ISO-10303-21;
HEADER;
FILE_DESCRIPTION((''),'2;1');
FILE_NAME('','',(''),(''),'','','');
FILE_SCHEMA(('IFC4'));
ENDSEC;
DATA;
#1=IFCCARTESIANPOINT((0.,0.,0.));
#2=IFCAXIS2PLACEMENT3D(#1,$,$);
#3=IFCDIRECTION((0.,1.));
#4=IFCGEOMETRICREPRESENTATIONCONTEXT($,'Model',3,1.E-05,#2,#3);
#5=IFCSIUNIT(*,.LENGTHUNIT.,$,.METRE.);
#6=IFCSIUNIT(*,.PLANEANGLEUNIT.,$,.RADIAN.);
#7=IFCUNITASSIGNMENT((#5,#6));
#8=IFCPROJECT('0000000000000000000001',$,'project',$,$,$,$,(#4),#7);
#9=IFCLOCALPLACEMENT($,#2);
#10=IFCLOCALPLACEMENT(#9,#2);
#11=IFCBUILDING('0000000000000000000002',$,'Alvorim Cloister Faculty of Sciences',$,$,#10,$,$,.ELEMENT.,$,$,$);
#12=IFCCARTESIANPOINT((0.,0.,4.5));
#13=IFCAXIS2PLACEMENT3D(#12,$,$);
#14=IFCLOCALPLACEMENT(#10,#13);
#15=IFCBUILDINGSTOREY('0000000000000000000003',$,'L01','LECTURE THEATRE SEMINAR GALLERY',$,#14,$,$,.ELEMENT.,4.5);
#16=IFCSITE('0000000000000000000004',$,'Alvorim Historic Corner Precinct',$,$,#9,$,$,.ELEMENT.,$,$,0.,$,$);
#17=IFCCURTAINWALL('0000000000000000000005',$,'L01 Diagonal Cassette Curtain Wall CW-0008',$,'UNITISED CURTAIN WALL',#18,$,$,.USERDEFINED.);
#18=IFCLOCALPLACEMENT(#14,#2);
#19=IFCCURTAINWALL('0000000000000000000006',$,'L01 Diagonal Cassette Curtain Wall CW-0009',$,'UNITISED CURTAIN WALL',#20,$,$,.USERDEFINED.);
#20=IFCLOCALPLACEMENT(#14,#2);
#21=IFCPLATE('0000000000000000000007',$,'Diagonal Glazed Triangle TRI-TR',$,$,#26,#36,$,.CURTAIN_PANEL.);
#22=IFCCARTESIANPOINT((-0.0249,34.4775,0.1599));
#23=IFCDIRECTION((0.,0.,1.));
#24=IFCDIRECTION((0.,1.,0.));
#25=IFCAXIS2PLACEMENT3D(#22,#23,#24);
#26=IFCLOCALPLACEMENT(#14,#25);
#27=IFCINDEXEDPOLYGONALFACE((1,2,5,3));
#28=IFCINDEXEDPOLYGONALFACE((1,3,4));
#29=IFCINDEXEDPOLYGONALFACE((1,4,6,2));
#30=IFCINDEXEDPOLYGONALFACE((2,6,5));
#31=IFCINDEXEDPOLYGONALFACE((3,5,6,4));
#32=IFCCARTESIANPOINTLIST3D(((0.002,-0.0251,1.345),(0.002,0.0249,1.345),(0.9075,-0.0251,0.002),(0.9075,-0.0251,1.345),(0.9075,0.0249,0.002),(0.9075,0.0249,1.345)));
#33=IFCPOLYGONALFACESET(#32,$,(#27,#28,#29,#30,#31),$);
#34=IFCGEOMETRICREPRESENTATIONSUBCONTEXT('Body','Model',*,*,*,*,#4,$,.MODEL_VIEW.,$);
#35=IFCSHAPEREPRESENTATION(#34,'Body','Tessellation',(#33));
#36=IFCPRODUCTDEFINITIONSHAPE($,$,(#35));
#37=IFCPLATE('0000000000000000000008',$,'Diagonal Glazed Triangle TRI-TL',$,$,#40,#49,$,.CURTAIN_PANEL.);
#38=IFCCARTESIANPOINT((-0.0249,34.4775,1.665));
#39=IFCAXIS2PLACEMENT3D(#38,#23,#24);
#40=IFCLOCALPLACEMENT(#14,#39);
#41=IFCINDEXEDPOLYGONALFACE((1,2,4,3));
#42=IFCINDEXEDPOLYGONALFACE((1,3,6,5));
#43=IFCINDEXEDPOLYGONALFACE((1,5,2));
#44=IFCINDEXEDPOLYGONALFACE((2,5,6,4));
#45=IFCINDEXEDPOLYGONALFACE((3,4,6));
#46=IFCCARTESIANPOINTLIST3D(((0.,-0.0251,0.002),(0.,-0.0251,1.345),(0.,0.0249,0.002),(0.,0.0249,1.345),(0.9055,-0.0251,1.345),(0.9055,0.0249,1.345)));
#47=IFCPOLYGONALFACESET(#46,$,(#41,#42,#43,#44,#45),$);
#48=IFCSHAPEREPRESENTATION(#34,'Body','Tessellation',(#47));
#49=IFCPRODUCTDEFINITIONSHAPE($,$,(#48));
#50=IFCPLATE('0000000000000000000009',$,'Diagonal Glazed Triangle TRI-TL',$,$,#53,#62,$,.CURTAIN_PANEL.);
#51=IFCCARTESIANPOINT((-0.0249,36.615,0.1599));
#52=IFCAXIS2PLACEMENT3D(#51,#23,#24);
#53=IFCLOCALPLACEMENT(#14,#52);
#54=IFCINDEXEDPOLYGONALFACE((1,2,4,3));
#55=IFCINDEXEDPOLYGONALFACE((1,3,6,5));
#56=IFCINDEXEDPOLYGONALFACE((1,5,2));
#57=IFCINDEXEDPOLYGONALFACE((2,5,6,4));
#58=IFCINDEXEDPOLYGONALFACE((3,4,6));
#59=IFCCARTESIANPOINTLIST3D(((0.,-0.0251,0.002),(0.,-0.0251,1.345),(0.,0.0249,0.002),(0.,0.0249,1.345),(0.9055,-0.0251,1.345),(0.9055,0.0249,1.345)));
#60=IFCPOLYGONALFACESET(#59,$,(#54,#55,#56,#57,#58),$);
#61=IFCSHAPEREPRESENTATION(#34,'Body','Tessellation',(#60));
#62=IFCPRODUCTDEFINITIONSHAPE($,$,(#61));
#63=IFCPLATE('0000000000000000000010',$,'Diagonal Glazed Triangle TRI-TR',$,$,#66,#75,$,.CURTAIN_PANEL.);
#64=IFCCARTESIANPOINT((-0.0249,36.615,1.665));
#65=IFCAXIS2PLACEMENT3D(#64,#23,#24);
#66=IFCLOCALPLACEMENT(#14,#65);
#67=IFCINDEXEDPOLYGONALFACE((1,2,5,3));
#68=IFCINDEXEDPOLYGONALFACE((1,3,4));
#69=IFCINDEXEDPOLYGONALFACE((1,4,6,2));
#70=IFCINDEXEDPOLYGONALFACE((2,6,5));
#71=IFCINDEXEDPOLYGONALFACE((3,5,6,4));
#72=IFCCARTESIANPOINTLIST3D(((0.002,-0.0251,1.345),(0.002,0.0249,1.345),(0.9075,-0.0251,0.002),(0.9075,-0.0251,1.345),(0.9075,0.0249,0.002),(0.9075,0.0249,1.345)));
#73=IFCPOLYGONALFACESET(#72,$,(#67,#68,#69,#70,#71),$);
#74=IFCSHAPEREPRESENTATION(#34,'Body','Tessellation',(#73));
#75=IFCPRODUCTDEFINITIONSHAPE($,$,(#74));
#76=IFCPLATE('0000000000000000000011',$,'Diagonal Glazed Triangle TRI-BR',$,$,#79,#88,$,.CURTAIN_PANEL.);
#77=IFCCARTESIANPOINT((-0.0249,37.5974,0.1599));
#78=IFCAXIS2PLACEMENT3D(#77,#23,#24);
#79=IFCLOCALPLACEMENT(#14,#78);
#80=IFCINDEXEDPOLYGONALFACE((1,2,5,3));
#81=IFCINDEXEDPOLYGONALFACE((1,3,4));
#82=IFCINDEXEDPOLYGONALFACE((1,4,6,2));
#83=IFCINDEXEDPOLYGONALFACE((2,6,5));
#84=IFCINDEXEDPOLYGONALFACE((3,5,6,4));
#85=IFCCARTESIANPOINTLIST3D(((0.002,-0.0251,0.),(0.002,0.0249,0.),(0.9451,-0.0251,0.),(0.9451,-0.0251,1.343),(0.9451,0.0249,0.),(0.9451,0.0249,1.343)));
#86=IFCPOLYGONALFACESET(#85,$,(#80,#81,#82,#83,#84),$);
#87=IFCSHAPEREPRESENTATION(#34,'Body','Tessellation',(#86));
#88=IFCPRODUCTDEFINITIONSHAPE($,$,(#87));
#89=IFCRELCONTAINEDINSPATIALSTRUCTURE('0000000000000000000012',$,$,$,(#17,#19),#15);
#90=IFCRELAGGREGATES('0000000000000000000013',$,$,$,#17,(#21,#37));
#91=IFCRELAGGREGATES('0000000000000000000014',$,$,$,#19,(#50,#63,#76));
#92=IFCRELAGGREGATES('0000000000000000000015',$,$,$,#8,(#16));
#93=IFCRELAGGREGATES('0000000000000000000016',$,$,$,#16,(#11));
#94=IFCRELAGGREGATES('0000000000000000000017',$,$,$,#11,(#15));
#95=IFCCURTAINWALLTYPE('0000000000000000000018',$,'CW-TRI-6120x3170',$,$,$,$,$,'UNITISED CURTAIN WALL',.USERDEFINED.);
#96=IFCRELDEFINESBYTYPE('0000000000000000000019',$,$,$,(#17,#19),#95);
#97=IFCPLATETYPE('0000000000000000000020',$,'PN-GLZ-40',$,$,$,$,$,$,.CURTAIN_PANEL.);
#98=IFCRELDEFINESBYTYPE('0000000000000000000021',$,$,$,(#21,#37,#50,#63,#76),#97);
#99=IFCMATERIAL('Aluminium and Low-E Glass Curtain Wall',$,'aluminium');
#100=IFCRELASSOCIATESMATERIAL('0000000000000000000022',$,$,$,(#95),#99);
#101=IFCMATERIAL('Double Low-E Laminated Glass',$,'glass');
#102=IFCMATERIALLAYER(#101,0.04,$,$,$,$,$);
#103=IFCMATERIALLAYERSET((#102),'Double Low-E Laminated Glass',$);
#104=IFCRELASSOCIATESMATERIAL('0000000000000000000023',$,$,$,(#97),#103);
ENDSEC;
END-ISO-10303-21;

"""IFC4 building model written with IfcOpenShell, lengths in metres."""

from ifc_helpers import new_model, si_unit, direction, frame, origin, place, context, subcontext, project, spatial, polyline, outline, extrude, material, layer, layer_set, type_object, element, aggregate, save


model = new_model("IFC4")

# Units and contexts
model_context = context("Model", 3, precision=1e-05, world=origin(), true_north=direction((0.0, 1.0)))
body_context = subcontext(model_context, "Body", "Model", "MODEL_VIEW")
ifc_project = project(units=[si_unit("LENGTHUNIT", "METRE"), si_unit("PLANEANGLEUNIT", "RADIAN")], contexts=[model_context])

# Site, building, storey
site_placement = place(None, origin())
site = spatial("IfcSite", under=ifc_project, at=site_placement, Name="Alvorim Historic Corner Precinct", CompositionType="ELEMENT", RefElevation=0.0)
building_placement = place(site_placement, origin())
building = spatial("IfcBuilding", under=site, at=building_placement, Name="Alvorim Cloister Faculty of Sciences", CompositionType="ELEMENT")
storey_placement = place(building_placement, frame((0.0, 0.0, 4.5)))
storey = spatial("IfcBuildingStorey", under=building, at=storey_placement, Name="L01", Description="LECTURE THEATRE SEMINAR GALLERY", CompositionType="ELEMENT", Elevation=4.5)

# Curtain walls
ifc_material_1 = material(Name="Aluminium and Low-E Glass Curtain Wall", Category="aluminium")
curtain_wall_type = type_object("IfcCurtainWallType", Name="CW-TRI-6120x3170", ElementType="UNITISED CURTAIN WALL", PredefinedType="USERDEFINED", material=ifc_material_1)
curtain_wall_1_placement = place(storey_placement, origin())
curtain_wall_1 = element("IfcCurtainWall", 1, at=curtain_wall_1_placement, inside=storey, type_object=curtain_wall_type, Name="L01 Diagonal Cassette Curtain Wall CW-0008", ObjectType="UNITISED CURTAIN WALL", PredefinedType="USERDEFINED")
curtain_wall_2_placement = place(storey_placement, origin())
curtain_wall_2 = element("IfcCurtainWall", 2, at=curtain_wall_2_placement, inside=storey, type_object=curtain_wall_type, Name="L01 Diagonal Cassette Curtain Wall CW-0009", ObjectType="UNITISED CURTAIN WALL", PredefinedType="USERDEFINED")

# Plates
ifc_material_2 = material(Name="Double Low-E Laminated Glass", Category="glass")
ifc_layer_1 = layer(ifc_material_2, 0.04)
ifc_layer_set_1 = layer_set([ifc_layer_1], Name="Double Low-E Laminated Glass")
plate_type = type_object("IfcPlateType", Name="PN-GLZ-40", PredefinedType="CURTAIN_PANEL", material=ifc_layer_set_1)
plate_1_placement = place(storey_placement, frame((-0.0249, 34.4775, 0.1599), z_axis=(0.0, 0.0, 1.0), x_axis=(0.0, 1.0, 0.0)))
plate_1 = element("IfcPlate", 3, at=plate_1_placement, type_object=plate_type, Name="Diagonal Glazed Triangle TRI-TR", PredefinedType="CURTAIN_PANEL", context=body_context, shape_type="SweptSolid", body=[
    extrude(outline(polyline([(0.9075, 0.002), (0.9075, 1.345), (0.002, 1.345), (0.9075, 0.002)])), frame((0.0, 0.0249, 0.0), z_axis=(0.0, -1.0, 0.0), x_axis=(1.0, 0.0, 0.0)), (0.0, 0.0, 1.0), 0.05),
])
plate_2_placement = place(storey_placement, frame((-0.0249, 34.4775, 1.665), z_axis=(0.0, 0.0, 1.0), x_axis=(0.0, 1.0, 0.0)))
plate_2 = element("IfcPlate", 4, at=plate_2_placement, type_object=plate_type, Name="Diagonal Glazed Triangle TRI-TL", PredefinedType="CURTAIN_PANEL", context=body_context, shape_type="SweptSolid", body=[
    extrude(outline(polyline([(0.9055, 1.345), (0.0, 1.345), (0.0, 0.002), (0.9055, 1.345)])), frame((0.0, 0.0249, 0.0), z_axis=(0.0, -1.0, 0.0), x_axis=(1.0, 0.0, 0.0)), (0.0, 0.0, 1.0), 0.05),
])
aggregate(curtain_wall_1, [plate_1, plate_2])
plate_3_placement = place(storey_placement, frame((-0.0249, 36.615, 0.1599), z_axis=(0.0, 0.0, 1.0), x_axis=(0.0, 1.0, 0.0)))
plate_3 = element("IfcPlate", 5, at=plate_3_placement, type_object=plate_type, Name="Diagonal Glazed Triangle TRI-TL", PredefinedType="CURTAIN_PANEL", context=body_context, shape_type="SweptSolid", body=[
    extrude(outline(polyline([(0.9055, 1.345), (0.0, 1.345), (0.0, 0.002), (0.9055, 1.345)])), frame((0.0, 0.0249, 0.0), z_axis=(0.0, -1.0, 0.0), x_axis=(1.0, 0.0, 0.0)), (0.0, 0.0, 1.0), 0.05),
])
plate_4_placement = place(storey_placement, frame((-0.0249, 36.615, 1.665), z_axis=(0.0, 0.0, 1.0), x_axis=(0.0, 1.0, 0.0)))
plate_4 = element("IfcPlate", 6, at=plate_4_placement, type_object=plate_type, Name="Diagonal Glazed Triangle TRI-TR", PredefinedType="CURTAIN_PANEL", context=body_context, shape_type="SweptSolid", body=[
    extrude(outline(polyline([(0.9075, 0.002), (0.9075, 1.345), (0.002, 1.345), (0.9075, 0.002)])), frame((0.0, 0.0249, 0.0), z_axis=(0.0, -1.0, 0.0), x_axis=(1.0, 0.0, 0.0)), (0.0, 0.0, 1.0), 0.05),
])
plate_5_placement = place(storey_placement, frame((-0.0249, 37.5974, 0.1599), z_axis=(0.0, 0.0, 1.0), x_axis=(0.0, 1.0, 0.0)))
plate_5 = element("IfcPlate", 7, at=plate_5_placement, type_object=plate_type, Name="Diagonal Glazed Triangle TRI-BR", PredefinedType="CURTAIN_PANEL", context=body_context, shape_type="SweptSolid", body=[
    extrude(outline(polyline([(0.002, 0.0), (0.9451, 0.0), (0.9451, 1.343), (0.002, 0.0)])), frame((0.0, 0.0249, 0.0), z_axis=(0.0, -1.0, 0.0), x_axis=(1.0, 0.0, 0.0)), (0.0, 0.0, 1.0), 0.05),
])
aggregate(curtain_wall_2, [plate_3, plate_4, plate_5])

save(model, "model.ifc")
